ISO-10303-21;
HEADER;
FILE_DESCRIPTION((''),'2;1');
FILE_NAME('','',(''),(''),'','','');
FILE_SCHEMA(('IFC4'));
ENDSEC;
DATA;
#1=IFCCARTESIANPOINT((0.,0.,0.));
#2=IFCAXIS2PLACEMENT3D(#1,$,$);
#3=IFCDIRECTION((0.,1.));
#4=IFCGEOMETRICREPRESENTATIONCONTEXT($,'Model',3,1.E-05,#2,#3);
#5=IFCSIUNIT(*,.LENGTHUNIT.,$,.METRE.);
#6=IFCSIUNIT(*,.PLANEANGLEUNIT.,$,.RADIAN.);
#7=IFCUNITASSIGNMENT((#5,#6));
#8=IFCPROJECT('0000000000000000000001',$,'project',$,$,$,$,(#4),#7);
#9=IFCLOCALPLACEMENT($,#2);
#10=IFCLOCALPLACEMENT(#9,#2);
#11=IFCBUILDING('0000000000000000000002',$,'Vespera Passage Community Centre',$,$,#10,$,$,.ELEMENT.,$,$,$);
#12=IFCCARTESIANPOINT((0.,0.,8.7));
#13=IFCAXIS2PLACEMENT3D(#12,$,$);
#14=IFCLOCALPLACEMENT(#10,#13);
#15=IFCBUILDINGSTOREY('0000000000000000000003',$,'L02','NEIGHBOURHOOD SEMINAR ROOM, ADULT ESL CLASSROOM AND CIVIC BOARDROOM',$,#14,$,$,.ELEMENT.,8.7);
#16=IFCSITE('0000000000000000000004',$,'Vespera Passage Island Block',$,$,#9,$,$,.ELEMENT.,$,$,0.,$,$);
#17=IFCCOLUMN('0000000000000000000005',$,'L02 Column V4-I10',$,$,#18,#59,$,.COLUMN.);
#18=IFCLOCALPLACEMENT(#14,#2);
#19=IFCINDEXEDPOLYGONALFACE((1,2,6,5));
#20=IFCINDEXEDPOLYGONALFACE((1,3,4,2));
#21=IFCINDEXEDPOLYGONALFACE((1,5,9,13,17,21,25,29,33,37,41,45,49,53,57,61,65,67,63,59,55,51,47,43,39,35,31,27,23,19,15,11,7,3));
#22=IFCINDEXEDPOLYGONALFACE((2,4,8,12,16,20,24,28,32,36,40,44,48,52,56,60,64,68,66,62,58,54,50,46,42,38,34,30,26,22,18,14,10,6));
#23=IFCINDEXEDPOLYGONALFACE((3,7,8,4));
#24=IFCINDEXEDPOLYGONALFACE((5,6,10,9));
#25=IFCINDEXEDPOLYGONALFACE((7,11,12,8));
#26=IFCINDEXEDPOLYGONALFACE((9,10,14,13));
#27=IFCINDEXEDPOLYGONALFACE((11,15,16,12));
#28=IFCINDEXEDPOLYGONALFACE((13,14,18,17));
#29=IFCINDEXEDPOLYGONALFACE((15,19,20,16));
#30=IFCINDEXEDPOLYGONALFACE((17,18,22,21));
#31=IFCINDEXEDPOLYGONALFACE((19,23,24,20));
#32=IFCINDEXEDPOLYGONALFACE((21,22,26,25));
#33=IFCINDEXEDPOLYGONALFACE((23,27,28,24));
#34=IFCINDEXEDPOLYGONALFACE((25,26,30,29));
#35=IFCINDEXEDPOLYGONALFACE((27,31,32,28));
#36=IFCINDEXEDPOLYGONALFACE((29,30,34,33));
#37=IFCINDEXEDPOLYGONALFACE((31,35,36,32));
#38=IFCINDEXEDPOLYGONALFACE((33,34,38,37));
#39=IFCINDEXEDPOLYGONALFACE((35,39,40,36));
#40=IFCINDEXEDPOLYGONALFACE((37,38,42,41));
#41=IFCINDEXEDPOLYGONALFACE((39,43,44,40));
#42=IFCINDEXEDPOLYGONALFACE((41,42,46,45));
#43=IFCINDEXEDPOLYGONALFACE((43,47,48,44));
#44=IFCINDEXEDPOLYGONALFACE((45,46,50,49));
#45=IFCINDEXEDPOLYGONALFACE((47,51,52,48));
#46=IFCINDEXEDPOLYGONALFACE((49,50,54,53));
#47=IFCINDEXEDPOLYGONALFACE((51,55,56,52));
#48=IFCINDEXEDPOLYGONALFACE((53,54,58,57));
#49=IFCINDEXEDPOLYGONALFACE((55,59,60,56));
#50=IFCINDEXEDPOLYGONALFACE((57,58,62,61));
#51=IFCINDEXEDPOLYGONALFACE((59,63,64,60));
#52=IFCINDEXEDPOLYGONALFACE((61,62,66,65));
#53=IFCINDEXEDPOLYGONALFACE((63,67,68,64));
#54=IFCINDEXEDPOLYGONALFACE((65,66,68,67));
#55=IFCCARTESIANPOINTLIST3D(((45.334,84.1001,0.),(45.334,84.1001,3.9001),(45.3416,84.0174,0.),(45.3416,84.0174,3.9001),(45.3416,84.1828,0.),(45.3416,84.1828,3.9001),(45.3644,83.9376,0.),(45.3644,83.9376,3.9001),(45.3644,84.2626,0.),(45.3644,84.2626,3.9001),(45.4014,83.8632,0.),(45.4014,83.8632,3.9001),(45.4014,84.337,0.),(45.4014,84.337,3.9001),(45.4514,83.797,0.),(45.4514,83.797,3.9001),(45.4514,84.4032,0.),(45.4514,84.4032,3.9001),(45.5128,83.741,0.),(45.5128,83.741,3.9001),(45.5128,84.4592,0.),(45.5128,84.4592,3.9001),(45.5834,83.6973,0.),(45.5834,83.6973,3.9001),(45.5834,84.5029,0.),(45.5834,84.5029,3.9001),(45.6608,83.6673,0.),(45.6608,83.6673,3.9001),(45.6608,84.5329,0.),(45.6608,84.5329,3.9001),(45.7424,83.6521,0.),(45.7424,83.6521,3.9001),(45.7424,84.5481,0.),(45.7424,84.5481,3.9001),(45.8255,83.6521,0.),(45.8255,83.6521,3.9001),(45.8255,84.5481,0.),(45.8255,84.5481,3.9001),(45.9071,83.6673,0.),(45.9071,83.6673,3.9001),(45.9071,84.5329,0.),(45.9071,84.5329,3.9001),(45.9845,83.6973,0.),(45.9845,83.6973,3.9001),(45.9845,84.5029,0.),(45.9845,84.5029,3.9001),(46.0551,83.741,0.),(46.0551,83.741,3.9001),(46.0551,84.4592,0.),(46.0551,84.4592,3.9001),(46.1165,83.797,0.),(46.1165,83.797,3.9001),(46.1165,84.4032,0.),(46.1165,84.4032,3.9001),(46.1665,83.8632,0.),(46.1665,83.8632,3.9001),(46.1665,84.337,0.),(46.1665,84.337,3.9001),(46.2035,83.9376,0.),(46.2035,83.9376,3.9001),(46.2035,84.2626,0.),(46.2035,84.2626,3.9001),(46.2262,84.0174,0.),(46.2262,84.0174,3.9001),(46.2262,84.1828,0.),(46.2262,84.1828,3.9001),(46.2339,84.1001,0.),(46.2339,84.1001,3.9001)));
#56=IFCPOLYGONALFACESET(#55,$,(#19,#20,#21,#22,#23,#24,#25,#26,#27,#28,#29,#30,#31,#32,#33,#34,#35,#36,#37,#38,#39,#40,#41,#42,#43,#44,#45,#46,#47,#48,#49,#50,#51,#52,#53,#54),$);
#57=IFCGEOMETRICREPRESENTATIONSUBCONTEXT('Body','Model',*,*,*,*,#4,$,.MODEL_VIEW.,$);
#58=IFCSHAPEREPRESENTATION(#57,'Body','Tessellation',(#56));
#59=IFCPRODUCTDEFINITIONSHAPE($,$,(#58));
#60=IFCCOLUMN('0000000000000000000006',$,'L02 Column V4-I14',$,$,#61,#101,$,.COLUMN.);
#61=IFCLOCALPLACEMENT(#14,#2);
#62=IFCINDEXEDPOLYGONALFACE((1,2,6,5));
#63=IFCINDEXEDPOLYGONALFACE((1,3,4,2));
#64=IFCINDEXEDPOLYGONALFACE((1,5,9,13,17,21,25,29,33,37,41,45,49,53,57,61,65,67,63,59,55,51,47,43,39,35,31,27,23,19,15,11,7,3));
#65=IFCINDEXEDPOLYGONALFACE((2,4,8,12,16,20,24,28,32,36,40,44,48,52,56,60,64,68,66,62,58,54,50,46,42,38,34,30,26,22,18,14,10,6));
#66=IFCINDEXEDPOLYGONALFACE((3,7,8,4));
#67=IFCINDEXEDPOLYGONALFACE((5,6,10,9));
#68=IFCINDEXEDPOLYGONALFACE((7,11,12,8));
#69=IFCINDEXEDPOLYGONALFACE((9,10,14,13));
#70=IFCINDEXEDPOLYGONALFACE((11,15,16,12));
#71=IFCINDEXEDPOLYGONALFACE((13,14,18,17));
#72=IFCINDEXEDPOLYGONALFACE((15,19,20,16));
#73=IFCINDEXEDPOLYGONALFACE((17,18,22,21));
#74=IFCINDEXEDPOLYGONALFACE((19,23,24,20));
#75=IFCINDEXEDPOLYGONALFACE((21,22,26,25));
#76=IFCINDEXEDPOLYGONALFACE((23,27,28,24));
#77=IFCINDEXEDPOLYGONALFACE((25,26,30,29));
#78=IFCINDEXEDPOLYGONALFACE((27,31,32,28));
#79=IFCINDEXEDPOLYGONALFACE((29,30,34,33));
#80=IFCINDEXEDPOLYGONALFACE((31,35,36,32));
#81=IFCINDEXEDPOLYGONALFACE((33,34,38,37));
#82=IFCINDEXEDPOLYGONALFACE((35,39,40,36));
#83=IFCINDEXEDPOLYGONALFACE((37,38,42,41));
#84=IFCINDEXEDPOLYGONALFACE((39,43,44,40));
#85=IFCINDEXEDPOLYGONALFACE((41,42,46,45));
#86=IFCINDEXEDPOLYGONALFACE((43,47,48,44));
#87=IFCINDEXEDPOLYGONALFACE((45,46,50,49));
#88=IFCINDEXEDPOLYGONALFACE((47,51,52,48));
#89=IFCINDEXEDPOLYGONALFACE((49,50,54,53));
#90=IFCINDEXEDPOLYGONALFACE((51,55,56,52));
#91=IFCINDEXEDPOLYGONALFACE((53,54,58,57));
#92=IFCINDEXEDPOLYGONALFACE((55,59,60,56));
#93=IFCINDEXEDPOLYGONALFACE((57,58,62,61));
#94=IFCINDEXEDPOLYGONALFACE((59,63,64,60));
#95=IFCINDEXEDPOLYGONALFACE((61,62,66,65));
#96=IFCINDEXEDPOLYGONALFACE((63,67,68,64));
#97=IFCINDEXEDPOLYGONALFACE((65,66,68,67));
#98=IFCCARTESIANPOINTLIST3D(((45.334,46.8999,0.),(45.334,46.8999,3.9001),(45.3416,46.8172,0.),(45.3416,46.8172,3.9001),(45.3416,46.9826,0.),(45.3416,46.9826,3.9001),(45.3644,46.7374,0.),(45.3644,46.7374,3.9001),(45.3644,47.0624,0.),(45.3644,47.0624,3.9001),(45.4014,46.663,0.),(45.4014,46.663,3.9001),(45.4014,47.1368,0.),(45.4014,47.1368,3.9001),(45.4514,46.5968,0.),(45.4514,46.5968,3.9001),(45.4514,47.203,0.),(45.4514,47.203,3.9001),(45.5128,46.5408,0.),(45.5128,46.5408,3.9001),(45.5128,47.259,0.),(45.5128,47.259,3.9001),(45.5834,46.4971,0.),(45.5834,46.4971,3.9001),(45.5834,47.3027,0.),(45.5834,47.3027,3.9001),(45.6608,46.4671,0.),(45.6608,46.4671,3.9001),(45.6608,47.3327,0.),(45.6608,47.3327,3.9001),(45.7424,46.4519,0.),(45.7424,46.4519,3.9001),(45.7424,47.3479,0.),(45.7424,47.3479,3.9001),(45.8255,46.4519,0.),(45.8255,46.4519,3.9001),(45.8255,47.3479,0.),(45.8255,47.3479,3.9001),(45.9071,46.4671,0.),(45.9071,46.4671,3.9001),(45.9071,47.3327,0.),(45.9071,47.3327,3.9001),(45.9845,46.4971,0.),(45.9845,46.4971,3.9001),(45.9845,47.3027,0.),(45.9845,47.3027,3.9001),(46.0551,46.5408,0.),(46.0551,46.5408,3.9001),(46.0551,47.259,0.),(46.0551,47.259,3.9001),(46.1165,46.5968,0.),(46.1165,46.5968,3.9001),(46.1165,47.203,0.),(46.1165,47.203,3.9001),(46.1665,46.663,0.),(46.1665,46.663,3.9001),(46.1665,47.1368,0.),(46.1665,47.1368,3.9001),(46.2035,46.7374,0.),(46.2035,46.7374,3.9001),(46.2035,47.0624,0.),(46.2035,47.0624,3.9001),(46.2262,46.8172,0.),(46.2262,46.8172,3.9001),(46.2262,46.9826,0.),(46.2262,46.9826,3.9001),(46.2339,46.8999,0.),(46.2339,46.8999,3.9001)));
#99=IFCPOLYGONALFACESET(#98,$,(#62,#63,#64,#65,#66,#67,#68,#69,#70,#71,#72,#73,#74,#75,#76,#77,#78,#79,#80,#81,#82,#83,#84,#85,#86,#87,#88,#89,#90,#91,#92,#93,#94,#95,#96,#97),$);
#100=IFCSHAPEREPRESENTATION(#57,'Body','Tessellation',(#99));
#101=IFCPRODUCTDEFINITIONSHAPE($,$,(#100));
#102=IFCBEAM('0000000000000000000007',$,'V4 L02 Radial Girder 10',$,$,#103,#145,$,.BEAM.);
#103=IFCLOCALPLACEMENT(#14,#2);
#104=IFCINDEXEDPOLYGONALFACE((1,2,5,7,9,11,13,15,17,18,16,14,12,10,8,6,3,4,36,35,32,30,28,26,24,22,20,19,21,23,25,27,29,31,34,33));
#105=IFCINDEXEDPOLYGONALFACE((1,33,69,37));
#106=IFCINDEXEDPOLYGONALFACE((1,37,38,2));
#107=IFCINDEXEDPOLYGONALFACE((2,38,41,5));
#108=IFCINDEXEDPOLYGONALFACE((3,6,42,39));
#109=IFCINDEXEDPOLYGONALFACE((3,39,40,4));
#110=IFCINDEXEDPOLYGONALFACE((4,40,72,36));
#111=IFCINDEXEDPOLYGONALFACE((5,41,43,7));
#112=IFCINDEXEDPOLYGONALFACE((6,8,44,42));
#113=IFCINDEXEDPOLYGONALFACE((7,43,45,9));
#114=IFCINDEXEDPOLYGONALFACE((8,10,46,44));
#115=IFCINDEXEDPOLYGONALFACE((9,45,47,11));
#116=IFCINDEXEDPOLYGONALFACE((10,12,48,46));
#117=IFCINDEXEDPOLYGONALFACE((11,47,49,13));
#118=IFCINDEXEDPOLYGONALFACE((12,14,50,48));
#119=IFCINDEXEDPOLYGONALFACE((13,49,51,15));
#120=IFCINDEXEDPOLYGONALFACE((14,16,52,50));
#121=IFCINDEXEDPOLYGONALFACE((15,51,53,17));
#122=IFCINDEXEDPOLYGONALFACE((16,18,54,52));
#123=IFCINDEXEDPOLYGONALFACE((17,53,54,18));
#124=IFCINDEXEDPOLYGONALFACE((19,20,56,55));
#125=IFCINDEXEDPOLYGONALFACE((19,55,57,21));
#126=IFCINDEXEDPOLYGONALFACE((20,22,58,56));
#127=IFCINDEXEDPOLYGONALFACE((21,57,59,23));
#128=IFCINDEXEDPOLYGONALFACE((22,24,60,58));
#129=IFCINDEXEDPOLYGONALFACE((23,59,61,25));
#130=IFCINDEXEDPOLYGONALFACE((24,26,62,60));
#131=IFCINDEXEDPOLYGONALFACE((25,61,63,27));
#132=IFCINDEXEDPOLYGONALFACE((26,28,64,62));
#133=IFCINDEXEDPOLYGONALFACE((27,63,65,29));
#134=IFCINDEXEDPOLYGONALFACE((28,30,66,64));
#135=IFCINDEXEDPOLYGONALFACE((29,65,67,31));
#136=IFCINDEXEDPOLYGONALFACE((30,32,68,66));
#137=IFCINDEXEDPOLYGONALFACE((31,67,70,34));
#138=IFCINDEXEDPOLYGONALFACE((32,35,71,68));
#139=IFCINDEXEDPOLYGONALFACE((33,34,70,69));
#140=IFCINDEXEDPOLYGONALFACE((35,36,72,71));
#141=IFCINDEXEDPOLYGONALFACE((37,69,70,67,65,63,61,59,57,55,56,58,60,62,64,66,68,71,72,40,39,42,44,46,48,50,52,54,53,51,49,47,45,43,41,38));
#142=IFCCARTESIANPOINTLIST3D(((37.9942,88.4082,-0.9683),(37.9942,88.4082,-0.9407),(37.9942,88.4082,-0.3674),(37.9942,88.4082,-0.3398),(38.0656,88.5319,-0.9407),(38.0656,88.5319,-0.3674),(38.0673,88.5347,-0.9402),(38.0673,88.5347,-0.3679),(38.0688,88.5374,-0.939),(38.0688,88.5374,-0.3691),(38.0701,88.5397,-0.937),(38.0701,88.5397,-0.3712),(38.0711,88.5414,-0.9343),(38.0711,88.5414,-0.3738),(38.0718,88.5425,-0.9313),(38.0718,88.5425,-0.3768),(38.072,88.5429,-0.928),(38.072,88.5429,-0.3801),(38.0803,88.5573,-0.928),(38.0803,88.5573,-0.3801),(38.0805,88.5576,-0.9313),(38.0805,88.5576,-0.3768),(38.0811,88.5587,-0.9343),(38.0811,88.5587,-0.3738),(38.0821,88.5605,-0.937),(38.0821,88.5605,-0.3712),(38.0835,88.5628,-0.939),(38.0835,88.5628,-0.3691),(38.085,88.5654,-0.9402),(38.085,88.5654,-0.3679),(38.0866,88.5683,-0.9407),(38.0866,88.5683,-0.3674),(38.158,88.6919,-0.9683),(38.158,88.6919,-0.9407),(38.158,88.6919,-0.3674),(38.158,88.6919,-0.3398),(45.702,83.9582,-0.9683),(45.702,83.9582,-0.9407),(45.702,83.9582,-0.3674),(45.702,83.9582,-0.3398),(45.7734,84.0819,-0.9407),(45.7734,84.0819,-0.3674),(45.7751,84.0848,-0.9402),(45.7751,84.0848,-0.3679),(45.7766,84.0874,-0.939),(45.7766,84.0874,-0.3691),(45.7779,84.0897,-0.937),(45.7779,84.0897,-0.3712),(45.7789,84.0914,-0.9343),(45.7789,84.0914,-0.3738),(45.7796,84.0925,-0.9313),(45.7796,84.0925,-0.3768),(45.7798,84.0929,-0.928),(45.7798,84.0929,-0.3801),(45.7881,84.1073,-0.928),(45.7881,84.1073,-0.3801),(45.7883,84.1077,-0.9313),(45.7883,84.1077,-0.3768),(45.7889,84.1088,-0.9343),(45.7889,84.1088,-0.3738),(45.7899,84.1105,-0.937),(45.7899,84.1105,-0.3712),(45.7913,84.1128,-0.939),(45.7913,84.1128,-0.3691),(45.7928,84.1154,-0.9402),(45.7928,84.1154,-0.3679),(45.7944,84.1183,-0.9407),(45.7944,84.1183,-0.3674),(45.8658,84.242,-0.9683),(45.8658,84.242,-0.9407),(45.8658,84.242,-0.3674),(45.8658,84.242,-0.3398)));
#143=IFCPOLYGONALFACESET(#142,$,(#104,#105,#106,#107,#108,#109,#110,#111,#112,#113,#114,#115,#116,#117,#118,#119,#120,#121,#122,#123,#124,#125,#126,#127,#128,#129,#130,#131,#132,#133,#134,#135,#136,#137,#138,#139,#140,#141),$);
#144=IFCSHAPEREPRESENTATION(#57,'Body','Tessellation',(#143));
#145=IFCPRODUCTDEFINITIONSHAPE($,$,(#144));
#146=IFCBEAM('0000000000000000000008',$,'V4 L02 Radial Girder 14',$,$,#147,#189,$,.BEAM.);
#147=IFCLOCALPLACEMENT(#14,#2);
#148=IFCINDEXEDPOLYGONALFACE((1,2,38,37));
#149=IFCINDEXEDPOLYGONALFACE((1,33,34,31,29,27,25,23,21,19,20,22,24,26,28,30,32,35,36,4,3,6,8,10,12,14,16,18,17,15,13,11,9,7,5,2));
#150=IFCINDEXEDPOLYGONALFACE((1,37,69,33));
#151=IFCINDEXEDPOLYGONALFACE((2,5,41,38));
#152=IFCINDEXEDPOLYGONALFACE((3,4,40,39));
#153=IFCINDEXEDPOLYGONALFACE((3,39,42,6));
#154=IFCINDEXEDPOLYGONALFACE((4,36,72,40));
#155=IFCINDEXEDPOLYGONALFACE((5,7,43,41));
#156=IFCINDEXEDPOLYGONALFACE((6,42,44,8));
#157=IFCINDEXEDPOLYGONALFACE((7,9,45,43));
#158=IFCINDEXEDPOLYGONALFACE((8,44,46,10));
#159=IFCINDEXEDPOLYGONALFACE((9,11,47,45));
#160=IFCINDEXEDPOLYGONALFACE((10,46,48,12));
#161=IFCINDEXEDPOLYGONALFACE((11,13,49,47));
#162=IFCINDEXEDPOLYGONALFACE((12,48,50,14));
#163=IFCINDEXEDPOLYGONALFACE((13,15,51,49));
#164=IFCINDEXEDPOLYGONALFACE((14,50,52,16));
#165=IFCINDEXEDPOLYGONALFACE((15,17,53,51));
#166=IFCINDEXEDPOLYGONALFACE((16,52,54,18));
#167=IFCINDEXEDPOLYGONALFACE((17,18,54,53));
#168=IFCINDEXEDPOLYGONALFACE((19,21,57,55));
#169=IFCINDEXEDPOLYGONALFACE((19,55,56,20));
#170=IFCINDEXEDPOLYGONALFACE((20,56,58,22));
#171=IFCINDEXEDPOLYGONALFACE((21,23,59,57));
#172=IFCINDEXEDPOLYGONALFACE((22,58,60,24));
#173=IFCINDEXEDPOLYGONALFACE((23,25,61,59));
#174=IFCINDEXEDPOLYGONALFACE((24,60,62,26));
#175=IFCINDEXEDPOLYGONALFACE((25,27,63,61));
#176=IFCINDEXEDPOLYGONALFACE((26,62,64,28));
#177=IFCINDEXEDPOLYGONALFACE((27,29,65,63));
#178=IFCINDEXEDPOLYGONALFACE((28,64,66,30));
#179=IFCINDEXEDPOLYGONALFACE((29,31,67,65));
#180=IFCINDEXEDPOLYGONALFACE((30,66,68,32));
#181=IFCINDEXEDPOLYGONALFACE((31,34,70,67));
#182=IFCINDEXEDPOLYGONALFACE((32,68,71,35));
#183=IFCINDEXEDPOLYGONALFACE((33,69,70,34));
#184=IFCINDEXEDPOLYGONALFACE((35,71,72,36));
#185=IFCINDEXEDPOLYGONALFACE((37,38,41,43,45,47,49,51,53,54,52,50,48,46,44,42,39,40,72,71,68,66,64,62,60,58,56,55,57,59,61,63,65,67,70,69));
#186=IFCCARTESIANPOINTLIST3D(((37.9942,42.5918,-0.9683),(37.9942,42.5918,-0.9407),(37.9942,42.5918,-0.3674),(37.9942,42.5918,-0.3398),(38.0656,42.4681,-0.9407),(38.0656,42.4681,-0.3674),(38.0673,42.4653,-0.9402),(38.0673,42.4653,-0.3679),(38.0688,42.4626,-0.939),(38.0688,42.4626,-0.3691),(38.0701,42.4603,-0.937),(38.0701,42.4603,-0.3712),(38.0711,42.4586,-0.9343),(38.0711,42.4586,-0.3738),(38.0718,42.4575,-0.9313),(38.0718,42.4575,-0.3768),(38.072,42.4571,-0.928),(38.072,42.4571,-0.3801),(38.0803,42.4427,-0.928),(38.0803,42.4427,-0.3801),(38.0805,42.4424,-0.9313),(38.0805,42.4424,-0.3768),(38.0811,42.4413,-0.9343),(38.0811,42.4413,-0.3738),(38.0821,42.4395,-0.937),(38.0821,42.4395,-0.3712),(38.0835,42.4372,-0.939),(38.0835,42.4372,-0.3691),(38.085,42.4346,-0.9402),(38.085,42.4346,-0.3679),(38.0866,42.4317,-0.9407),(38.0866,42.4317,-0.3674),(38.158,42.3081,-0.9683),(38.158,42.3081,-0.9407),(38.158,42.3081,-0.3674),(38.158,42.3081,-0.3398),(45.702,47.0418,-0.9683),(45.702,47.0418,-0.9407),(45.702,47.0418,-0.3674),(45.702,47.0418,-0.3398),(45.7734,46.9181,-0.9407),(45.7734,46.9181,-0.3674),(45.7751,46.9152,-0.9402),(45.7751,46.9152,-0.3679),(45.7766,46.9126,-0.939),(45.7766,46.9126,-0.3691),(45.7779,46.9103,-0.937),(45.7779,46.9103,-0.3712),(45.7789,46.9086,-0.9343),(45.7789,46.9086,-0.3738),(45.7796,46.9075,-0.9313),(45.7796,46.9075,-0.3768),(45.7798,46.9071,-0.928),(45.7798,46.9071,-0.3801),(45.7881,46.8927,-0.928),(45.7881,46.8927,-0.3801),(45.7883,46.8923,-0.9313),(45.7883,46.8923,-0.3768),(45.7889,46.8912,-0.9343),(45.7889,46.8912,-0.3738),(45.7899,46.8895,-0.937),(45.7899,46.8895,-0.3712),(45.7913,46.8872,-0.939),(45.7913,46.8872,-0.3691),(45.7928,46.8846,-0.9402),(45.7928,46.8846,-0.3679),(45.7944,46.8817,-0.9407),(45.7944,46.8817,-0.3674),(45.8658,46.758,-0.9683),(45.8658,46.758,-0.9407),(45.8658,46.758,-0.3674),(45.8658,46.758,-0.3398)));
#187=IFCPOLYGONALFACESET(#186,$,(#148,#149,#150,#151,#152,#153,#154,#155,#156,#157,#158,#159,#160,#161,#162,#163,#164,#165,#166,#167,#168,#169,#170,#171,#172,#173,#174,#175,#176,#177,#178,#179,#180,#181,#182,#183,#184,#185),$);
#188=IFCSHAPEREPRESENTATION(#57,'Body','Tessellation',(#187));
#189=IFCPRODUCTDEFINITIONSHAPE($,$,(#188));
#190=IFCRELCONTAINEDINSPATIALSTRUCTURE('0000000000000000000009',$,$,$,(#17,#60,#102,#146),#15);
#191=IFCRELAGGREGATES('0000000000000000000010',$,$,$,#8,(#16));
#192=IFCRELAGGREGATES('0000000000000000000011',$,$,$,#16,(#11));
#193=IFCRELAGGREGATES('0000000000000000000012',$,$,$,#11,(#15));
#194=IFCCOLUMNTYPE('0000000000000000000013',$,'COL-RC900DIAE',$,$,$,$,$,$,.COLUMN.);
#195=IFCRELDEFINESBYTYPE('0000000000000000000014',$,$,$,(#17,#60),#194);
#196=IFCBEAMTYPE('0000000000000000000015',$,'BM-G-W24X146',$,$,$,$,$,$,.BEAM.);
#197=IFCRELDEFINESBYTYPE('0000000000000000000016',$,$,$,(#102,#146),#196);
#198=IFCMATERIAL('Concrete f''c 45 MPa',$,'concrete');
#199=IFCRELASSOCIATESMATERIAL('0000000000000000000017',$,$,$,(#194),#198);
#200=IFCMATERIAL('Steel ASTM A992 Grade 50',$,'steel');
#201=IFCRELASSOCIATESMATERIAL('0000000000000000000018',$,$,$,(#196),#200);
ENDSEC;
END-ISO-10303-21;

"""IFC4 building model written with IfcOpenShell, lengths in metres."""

from ifc_helpers import new_model, si_unit, direction, frame, origin, origin_2d, place, context, subcontext, project, spatial, circle, i_section, extrude, material, material_profile, profile_set, type_object, element, save


model = new_model("IFC4")

# Units and contexts
model_context = context("Model", 3, precision=1e-05, world=origin(), true_north=direction((0.0, 1.0)))
body_context = subcontext(model_context, "Body", "Model", "MODEL_VIEW")
ifc_project = project(units=[si_unit("LENGTHUNIT", "METRE"), si_unit("PLANEANGLEUNIT", "RADIAN")], contexts=[model_context])

# Site, building, storey
site_placement = place(None, origin())
site = spatial("IfcSite", under=ifc_project, at=site_placement, Name="Vespera Passage Island Block", CompositionType="ELEMENT", RefElevation=0.0)
building_placement = place(site_placement, origin())
building = spatial("IfcBuilding", under=site, at=building_placement, Name="Vespera Passage Community Centre", CompositionType="ELEMENT")
storey_placement = place(building_placement, frame((0.0, 0.0, 8.7)))
storey = spatial("IfcBuildingStorey", under=building, at=storey_placement, Name="L02", Description="NEIGHBOURHOOD SEMINAR ROOM, ADULT ESL CLASSROOM AND CIVIC BOARDROOM", CompositionType="ELEMENT", Elevation=8.7)

# Columns
ifc_material_1 = material(Name="Concrete f'c 45 MPa", Category="concrete")
ifc_material_profile_1 = material_profile(ifc_material_1, circle(Radius=0.45, at=origin_2d()), Name="RC900DIA")
ifc_profile_set_1 = profile_set([ifc_material_profile_1], Name="Concrete f'c 45 MPa")
column_type = type_object("IfcColumnType", Name="COL-RC900DIAE", PredefinedType="COLUMN", material=ifc_profile_set_1)
for number, where, z_axis, x_axis, name in (
    (1, (45.7839, 84.1001, 0.0), (0.0, 0.0, 1.0), (1.0, 0.0, 0.0), "L02 Column V4-I10"),
    (2, (45.7839, 46.8999, 0.0), (0.0, 0.0, 1.0), (1.0, 0.0, 0.0), "L02 Column V4-I14"),
):
    element("IfcColumn", number, at=place(storey_placement, frame(where, z_axis=z_axis, x_axis=x_axis)), inside=storey, type_object=column_type, Name=name, PredefinedType="COLUMN", context=body_context, shape_type="SweptSolid", body=[
        extrude(circle(Radius=0.45, at=origin_2d()), origin(), (0.0, 0.0, 1.0), 3.9001),
    ])

# Beams
ifc_material_2 = material(Name="Steel ASTM A992 Grade 50", Category="steel")
ifc_material_profile_2 = material_profile(ifc_material_2, i_section(OverallWidth=0.3276, OverallDepth=0.6284, WebThickness=0.0166, FlangeThickness=0.0276, FilletRadius=0.0127, at=origin_2d()), Name="W24X146")
ifc_profile_set_2 = profile_set([ifc_material_profile_2], Name="Steel ASTM A992 Grade 50")
beam_type_1 = type_object("IfcBeamType", Name="BM-G-W24X146", PredefinedType="BEAM", material=ifc_profile_set_2)
for number, where, z_axis, x_axis, name in (
    (3, (45.7839, 84.1001, -0.6541), (-0.866032, 0.499989, 0.0), (-0.499989, -0.866032, 0.0), "V4 L02 Radial Girder 10"),
    (4, (45.7839, 46.8999, -0.6541), (-0.866032, -0.499989, 0.0), (0.499989, -0.866032, 0.0), "V4 L02 Radial Girder 14"),
):
    element("IfcBeam", number, at=place(storey_placement, frame(where, z_axis=z_axis, x_axis=x_axis)), inside=storey, type_object=beam_type_1, Name=name, PredefinedType="BEAM", context=body_context, shape_type="SweptSolid", body=[
        extrude(i_section(OverallWidth=0.3276, OverallDepth=0.6284, WebThickness=0.0166, FlangeThickness=0.0276, FilletRadius=0.0127, at=origin_2d()), origin(), (0.0, 0.0, 1.0), 8.9001),
    ])

save(model, "model.ifc")
